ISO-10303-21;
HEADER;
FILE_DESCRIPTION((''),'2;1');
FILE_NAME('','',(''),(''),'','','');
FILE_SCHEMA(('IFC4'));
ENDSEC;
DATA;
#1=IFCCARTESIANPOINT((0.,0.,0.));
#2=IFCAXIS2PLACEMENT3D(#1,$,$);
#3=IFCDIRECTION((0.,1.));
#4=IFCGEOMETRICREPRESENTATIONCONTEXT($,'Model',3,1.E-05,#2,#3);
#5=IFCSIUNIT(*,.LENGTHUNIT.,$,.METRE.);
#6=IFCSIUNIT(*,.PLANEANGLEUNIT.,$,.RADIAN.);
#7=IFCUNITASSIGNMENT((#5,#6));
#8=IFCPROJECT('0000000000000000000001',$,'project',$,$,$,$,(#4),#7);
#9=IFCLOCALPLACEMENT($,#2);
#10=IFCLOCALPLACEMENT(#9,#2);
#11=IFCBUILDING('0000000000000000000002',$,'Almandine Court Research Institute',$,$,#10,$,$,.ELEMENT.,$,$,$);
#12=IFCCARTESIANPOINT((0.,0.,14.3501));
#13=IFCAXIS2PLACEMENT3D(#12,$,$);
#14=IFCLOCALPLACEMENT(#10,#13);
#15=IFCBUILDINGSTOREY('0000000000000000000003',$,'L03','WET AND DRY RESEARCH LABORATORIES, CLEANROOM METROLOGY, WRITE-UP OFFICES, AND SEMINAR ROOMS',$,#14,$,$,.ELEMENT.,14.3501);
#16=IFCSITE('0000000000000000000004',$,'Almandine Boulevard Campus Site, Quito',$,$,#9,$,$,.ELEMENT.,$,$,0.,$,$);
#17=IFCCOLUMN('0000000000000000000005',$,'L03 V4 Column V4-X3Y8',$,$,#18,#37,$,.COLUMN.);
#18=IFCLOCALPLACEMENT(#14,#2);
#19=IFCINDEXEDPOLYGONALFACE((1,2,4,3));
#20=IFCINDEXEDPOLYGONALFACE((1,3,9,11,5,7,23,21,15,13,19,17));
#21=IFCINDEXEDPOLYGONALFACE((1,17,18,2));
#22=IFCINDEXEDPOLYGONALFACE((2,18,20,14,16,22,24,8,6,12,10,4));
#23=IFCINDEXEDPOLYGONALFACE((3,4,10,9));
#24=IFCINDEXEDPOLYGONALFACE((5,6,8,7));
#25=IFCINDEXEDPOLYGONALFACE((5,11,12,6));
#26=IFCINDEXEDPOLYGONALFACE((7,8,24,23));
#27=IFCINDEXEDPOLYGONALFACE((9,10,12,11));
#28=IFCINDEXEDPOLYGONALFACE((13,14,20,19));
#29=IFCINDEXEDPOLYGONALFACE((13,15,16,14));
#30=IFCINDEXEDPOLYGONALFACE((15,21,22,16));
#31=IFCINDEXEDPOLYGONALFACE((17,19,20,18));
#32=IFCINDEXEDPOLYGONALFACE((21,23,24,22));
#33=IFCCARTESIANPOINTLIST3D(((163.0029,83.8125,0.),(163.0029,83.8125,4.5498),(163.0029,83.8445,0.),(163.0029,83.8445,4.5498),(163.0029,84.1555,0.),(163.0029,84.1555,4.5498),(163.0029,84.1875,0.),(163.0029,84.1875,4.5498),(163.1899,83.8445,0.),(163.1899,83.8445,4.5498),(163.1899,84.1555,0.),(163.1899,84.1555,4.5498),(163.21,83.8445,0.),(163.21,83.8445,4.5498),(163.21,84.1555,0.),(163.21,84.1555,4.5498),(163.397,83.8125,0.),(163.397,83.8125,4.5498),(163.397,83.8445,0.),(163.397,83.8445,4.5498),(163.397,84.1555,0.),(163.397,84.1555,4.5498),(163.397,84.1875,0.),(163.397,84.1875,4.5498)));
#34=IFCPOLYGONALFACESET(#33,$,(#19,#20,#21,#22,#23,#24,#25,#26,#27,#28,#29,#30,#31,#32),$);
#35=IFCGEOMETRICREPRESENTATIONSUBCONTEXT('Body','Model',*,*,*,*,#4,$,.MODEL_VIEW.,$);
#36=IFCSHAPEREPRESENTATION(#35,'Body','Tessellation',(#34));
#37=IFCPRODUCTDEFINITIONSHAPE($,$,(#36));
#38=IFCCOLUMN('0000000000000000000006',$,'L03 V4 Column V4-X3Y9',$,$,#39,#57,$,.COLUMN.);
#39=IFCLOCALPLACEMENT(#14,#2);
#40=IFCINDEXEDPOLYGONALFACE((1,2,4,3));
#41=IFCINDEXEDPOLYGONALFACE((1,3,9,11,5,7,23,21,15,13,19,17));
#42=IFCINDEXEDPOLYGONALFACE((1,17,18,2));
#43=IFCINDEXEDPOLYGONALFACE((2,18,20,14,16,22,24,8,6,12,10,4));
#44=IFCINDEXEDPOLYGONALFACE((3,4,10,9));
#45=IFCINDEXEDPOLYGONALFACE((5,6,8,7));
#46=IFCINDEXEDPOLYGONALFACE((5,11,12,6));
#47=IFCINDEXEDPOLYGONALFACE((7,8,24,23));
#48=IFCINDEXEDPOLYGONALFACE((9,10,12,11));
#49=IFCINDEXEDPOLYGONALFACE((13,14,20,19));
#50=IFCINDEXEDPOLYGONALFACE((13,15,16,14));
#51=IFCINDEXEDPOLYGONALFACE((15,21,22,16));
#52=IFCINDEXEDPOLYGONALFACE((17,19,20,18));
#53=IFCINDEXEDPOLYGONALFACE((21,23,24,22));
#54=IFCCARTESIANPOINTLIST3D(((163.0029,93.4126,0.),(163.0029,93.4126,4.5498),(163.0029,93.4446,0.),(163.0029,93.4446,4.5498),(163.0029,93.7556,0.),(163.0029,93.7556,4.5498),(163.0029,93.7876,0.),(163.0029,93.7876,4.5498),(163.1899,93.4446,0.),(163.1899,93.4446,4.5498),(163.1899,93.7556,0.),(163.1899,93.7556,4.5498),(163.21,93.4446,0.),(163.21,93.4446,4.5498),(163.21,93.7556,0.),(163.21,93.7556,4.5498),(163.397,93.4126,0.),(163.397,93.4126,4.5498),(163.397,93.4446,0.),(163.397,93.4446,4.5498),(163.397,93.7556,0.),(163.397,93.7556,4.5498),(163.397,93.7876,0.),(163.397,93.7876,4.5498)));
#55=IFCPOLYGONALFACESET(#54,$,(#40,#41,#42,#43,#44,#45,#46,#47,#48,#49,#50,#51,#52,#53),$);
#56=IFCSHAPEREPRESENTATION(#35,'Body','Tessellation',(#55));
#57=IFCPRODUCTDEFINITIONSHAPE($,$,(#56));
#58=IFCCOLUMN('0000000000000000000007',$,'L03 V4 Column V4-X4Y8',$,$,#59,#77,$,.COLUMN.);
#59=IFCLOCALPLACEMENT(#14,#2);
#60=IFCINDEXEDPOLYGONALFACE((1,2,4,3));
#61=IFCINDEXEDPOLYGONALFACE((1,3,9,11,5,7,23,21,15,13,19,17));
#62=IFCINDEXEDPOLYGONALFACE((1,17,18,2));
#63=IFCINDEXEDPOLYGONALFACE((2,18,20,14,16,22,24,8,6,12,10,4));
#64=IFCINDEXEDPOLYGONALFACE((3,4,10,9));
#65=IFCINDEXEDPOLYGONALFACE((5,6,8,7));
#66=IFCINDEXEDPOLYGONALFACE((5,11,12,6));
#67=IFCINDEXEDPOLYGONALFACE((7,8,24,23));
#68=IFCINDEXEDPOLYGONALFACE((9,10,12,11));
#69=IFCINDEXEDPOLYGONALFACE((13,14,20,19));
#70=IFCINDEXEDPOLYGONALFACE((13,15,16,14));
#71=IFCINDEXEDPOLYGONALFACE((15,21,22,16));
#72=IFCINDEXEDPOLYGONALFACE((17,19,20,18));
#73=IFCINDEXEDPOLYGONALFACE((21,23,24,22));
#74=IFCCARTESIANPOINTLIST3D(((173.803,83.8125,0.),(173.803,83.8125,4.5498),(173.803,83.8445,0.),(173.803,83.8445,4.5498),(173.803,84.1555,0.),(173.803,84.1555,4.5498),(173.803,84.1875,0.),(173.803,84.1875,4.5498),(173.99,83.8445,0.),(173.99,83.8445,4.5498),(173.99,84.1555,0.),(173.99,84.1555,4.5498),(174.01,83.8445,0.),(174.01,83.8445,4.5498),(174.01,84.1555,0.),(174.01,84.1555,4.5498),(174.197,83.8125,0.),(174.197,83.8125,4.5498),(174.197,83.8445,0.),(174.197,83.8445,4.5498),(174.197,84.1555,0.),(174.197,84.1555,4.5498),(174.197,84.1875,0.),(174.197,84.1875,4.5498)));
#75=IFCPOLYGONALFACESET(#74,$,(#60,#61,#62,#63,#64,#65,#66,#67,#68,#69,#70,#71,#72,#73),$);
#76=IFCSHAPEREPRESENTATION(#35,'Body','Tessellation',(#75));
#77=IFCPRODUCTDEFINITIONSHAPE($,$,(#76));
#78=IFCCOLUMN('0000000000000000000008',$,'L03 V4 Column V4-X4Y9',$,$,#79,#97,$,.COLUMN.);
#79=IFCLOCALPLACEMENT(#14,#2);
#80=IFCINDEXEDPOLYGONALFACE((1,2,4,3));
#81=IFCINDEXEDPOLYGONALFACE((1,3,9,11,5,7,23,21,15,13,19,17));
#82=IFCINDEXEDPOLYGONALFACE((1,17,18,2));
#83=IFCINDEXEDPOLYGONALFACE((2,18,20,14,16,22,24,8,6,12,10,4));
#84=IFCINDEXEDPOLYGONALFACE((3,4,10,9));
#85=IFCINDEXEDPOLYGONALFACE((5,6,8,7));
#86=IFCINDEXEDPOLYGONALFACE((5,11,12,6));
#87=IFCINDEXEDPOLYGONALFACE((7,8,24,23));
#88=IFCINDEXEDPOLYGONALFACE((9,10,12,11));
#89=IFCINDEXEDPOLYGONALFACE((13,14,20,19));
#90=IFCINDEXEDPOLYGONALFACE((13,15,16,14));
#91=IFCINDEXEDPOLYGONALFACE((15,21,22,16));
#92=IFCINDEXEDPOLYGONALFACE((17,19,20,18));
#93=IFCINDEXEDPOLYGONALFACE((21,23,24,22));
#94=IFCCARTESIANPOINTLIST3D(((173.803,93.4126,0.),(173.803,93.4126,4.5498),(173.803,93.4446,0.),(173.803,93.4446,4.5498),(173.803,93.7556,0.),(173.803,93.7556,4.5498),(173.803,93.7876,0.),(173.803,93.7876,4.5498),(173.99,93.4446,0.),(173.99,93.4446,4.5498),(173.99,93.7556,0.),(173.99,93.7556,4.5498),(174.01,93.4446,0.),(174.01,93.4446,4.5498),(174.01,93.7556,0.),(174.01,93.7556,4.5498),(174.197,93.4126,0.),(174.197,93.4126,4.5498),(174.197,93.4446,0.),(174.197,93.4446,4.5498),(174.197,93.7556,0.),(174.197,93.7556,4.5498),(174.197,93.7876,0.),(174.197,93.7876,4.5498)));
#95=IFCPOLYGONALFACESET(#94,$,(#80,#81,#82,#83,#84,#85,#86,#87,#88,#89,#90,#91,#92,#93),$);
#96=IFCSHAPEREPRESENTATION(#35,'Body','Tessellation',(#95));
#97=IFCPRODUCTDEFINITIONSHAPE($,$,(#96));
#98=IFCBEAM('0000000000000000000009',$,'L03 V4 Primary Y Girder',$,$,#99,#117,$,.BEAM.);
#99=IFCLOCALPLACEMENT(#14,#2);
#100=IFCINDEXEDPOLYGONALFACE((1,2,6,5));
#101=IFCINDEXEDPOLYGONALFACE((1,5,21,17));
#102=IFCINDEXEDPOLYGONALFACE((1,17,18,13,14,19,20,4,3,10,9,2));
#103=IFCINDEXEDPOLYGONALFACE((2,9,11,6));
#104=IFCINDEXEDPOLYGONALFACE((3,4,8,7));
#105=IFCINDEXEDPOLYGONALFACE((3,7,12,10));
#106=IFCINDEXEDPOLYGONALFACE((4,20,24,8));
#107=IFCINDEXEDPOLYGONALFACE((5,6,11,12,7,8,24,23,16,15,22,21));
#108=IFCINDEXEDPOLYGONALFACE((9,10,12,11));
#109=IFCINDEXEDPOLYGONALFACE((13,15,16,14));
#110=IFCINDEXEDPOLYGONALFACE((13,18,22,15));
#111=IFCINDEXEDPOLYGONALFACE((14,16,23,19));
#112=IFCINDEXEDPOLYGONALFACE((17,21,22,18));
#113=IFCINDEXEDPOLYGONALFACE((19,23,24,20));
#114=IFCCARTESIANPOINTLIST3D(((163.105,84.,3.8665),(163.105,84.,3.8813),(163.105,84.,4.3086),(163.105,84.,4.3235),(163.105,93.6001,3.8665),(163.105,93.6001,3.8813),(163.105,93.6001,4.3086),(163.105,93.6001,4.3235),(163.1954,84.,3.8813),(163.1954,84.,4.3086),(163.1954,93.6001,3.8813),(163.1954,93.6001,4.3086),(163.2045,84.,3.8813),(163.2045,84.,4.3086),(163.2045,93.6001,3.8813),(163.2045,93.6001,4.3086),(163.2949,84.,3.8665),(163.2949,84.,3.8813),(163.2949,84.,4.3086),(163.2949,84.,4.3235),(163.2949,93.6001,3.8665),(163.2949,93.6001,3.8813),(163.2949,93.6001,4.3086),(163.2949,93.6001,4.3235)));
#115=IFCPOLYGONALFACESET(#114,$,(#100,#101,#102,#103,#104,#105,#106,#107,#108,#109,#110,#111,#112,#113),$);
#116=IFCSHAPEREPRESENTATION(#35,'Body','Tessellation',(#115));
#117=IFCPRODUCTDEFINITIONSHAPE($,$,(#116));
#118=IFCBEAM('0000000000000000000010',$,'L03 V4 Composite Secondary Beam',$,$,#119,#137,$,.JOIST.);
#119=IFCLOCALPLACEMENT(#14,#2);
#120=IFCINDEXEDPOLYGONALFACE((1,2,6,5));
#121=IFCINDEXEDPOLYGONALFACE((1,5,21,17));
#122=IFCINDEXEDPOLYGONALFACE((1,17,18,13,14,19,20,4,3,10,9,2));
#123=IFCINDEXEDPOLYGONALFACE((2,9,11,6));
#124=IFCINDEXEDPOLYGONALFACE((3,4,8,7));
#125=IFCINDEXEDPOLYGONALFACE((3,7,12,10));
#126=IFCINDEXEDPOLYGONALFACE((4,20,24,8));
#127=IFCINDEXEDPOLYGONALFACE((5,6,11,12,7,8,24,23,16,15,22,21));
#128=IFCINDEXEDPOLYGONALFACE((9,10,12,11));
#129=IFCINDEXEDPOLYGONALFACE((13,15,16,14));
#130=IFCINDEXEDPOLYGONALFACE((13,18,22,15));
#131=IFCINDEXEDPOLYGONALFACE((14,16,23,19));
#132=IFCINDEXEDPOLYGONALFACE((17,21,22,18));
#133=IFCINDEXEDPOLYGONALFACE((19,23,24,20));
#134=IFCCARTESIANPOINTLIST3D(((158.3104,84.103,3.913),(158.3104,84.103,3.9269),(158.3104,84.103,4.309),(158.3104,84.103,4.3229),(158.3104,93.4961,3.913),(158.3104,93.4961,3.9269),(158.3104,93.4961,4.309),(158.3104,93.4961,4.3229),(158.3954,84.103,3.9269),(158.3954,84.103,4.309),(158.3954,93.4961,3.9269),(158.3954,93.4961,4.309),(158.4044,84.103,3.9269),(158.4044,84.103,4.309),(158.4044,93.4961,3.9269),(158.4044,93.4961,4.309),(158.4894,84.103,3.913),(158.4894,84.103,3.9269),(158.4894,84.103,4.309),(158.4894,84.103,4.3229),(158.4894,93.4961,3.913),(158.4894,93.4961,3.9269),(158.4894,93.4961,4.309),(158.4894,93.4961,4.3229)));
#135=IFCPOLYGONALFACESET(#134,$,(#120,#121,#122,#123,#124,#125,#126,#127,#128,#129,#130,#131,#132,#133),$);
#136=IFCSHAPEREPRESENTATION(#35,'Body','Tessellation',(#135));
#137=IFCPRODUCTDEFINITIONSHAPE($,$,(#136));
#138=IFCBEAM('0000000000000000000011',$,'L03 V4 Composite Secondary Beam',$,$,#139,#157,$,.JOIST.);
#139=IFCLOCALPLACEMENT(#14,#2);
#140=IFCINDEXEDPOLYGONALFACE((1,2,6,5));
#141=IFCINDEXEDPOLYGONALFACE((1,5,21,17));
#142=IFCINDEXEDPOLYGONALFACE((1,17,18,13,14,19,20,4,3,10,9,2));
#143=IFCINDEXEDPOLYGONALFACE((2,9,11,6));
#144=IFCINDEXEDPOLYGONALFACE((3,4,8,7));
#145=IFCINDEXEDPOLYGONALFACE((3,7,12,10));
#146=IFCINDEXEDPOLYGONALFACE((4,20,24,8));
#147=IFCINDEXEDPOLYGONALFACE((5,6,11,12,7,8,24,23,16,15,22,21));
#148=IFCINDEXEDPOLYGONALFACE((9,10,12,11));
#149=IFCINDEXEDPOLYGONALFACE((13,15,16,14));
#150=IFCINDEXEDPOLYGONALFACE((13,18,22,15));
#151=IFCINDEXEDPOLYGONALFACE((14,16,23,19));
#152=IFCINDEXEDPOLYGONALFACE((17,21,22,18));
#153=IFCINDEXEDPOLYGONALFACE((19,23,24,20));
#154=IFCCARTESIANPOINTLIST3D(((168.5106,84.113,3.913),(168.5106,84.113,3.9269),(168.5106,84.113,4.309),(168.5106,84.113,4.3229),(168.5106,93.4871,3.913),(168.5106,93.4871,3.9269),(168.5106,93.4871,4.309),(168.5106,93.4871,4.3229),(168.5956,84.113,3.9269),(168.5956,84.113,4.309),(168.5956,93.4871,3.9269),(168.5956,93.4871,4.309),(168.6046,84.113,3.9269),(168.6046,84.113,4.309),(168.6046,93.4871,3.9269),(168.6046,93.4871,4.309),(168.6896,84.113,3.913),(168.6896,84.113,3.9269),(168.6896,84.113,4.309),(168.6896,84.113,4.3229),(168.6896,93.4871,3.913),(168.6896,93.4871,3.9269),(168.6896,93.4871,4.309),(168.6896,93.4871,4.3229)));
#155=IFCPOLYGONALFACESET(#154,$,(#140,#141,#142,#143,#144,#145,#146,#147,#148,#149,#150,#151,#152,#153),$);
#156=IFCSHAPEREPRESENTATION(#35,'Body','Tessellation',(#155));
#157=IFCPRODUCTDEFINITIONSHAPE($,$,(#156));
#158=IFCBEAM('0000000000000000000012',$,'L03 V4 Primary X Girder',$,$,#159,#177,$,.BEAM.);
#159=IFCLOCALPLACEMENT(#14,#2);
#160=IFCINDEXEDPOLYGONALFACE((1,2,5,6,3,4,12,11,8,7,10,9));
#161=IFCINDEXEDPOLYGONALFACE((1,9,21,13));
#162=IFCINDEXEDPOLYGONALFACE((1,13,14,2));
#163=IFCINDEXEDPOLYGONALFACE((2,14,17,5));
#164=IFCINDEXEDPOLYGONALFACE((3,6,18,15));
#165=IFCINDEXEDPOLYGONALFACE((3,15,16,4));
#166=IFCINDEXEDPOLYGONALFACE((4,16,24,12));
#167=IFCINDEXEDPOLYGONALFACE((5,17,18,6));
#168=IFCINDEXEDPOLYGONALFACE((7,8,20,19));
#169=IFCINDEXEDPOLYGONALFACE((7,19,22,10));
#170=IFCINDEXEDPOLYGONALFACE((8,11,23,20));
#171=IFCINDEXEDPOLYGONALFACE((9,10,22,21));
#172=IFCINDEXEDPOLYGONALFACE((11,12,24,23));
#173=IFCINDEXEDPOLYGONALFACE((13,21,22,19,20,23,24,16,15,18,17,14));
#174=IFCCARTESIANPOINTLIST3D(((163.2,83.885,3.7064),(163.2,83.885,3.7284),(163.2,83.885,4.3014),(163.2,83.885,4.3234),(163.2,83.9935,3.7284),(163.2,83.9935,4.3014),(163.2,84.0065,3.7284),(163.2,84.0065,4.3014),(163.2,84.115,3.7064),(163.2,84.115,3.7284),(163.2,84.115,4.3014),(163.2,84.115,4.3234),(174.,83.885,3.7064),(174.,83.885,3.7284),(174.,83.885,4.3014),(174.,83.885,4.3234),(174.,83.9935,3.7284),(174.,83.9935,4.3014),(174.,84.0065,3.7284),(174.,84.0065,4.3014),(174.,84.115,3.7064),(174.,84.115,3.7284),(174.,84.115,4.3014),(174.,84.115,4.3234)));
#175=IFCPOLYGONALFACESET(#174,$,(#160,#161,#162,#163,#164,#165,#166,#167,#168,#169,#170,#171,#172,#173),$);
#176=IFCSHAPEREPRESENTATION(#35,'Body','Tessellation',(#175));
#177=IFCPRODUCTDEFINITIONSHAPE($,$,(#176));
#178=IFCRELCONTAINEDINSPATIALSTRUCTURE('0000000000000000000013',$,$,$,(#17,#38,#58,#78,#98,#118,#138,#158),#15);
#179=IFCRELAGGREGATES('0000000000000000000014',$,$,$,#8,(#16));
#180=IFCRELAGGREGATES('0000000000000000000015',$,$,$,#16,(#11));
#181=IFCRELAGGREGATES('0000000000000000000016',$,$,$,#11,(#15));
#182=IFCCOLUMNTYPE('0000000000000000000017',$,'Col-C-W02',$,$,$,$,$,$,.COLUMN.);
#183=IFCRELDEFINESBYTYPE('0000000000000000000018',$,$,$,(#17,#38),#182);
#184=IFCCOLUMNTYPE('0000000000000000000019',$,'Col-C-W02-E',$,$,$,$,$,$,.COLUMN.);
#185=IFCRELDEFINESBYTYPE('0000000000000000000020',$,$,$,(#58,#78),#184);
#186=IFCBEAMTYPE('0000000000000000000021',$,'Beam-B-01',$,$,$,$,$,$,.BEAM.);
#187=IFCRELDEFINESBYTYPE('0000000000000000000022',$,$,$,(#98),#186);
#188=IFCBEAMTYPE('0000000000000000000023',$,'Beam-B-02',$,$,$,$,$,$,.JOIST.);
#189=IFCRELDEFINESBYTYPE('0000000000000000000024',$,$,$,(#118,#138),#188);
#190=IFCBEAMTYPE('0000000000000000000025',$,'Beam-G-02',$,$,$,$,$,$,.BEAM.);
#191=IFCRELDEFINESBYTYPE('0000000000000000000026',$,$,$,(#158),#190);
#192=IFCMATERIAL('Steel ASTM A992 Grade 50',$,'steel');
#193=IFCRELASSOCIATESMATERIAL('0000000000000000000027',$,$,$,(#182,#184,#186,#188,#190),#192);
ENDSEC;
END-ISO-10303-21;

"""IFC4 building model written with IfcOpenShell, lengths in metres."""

from ifc_helpers import new_model, si_unit, direction, frame, origin, origin_2d, place, context, subcontext, project, spatial, i_section, extrude, material, material_profile, profile_set, type_object, element, save


model = new_model("IFC4")

# Units and contexts
model_context = context("Model", 3, precision=1e-05, world=origin(), true_north=direction((0.0, 1.0)))
body_context = subcontext(model_context, "Body", "Model", "MODEL_VIEW")
ifc_project = project(units=[si_unit("LENGTHUNIT", "METRE"), si_unit("PLANEANGLEUNIT", "RADIAN")], contexts=[model_context])

# Site, building, storey
site_placement = place(None, origin())
site = spatial("IfcSite", under=ifc_project, at=site_placement, Name="Almandine Boulevard Campus Site, Quito", CompositionType="ELEMENT", RefElevation=0.0)
building_placement = place(site_placement, origin())
building = spatial("IfcBuilding", under=site, at=building_placement, Name="Almandine Court Research Institute", CompositionType="ELEMENT")
storey_placement = place(building_placement, frame((0.0, 0.0, 14.3501)))
storey = spatial("IfcBuildingStorey", under=building, at=storey_placement, Name="L03", Description="WET AND DRY RESEARCH LABORATORIES, CLEANROOM METROLOGY, WRITE-UP OFFICES, AND SEMINAR ROOMS", CompositionType="ELEMENT", Elevation=14.3501)

# Columns
ifc_material_1 = material(Name="Steel ASTM A992 Grade 50", Category="steel")
ifc_material_profile_1 = material_profile(ifc_material_1, i_section(OverallWidth=0.394, OverallDepth=0.375, WebThickness=0.02, FlangeThickness=0.032, at=origin_2d()), Name="W360x216")
ifc_profile_set_1 = profile_set([ifc_material_profile_1], Name="Steel ASTM A992 Grade 50")
column_type_1 = type_object("IfcColumnType", Name="Col-C-W02", PredefinedType="COLUMN", material=ifc_profile_set_1)
for number, where, z_axis, x_axis, name in (
    (1, (163.2, 84.0, 0.0), (0.0, 0.0, 1.0), (1.0, 0.0, 0.0), "L03 V4 Column V4-X3Y8"),
    (2, (163.2, 93.6001, 0.0), (0.0, 0.0, 1.0), (1.0, 0.0, 0.0), "L03 V4 Column V4-X3Y9"),
):
    element("IfcColumn", number, at=place(storey_placement, frame(where, z_axis=z_axis, x_axis=x_axis)), inside=storey, type_object=column_type_1, Name=name, PredefinedType="COLUMN", context=body_context, shape_type="SweptSolid", body=[
        extrude(i_section(OverallWidth=0.394, OverallDepth=0.375, WebThickness=0.02, FlangeThickness=0.032, at=origin_2d()), origin(), (0.0, 0.0, 1.0), 4.5498),
    ])
ifc_material_profile_2 = material_profile(ifc_material_1, i_section(OverallWidth=0.394, OverallDepth=0.375, WebThickness=0.02, FlangeThickness=0.032, at=origin_2d()), Name="W360x216")
ifc_profile_set_2 = profile_set([ifc_material_profile_2], Name="Steel ASTM A992 Grade 50")
column_type_2 = type_object("IfcColumnType", Name="Col-C-W02-E", PredefinedType="COLUMN", material=ifc_profile_set_2)
for number, where, z_axis, x_axis, name in (
    (3, (174.0, 84.0, 0.0), (0.0, 0.0, 1.0), (1.0, 0.0, 0.0), "L03 V4 Column V4-X4Y8"),
    (4, (174.0, 93.6001, 0.0), (0.0, 0.0, 1.0), (1.0, 0.0, 0.0), "L03 V4 Column V4-X4Y9"),
):
    element("IfcColumn", number, at=place(storey_placement, frame(where, z_axis=z_axis, x_axis=x_axis)), inside=storey, type_object=column_type_2, Name=name, PredefinedType="COLUMN", context=body_context, shape_type="SweptSolid", body=[
        extrude(i_section(OverallWidth=0.394, OverallDepth=0.375, WebThickness=0.02, FlangeThickness=0.032, at=origin_2d()), origin(), (0.0, 0.0, 1.0), 4.5498),
    ])

# Beams
ifc_material_profile_3 = material_profile(ifc_material_1, i_section(OverallWidth=0.1899, OverallDepth=0.457, WebThickness=0.009, FlangeThickness=0.0149, at=origin_2d()), Name="W460x74")
ifc_profile_set_3 = profile_set([ifc_material_profile_3], Name="Steel ASTM A992 Grade 50")
beam_type_1 = type_object("IfcBeamType", Name="Beam-B-01", PredefinedType="BEAM", material=ifc_profile_set_3)
beam_1_placement = place(storey_placement, frame((163.2, 84.0, 4.095), z_axis=(0.0, 1.0, 0.0), x_axis=(-1.0, 0.0, 0.0)))
element("IfcBeam", 5, at=beam_1_placement, inside=storey, type_object=beam_type_1, Name="L03 V4 Primary Y Girder", PredefinedType="BEAM", context=body_context, shape_type="SweptSolid", body=[
    extrude(i_section(OverallWidth=0.1899, OverallDepth=0.457, WebThickness=0.009, FlangeThickness=0.0149, at=origin_2d()), origin(), (0.0, 0.0, 1.0), 9.6001),
])
ifc_material_profile_4 = material_profile(ifc_material_1, i_section(OverallWidth=0.179, OverallDepth=0.4099, WebThickness=0.009, FlangeThickness=0.0139, at=origin_2d()), Name="W410x67")
ifc_profile_set_4 = profile_set([ifc_material_profile_4], Name="Steel ASTM A992 Grade 50")
beam_type_2 = type_object("IfcBeamType", Name="Beam-B-02", PredefinedType="JOIST", material=ifc_profile_set_4)
beam_2_placement = place(storey_placement, frame((158.3999, 84.103, 4.1179), z_axis=(0.0, 1.0, 0.0), x_axis=(-1.0, 0.0, 0.0)))
element("IfcBeam", 6, at=beam_2_placement, inside=storey, type_object=beam_type_2, Name="L03 V4 Composite Secondary Beam", PredefinedType="JOIST", context=body_context, shape_type="SweptSolid", body=[
    extrude(i_section(OverallWidth=0.179, OverallDepth=0.4099, WebThickness=0.009, FlangeThickness=0.0139, at=origin_2d()), origin(), (0.0, 0.0, 1.0), 9.3931),
])
beam_3_placement = place(storey_placement, frame((168.6001, 84.113, 4.1179), z_axis=(0.0, 1.0, 0.0), x_axis=(-1.0, 0.0, 0.0)))
element("IfcBeam", 7, at=beam_3_placement, inside=storey, type_object=beam_type_2, Name="L03 V4 Composite Secondary Beam", PredefinedType="JOIST", context=body_context, shape_type="SweptSolid", body=[
    extrude(i_section(OverallWidth=0.179, OverallDepth=0.4099, WebThickness=0.009, FlangeThickness=0.0139, at=origin_2d()), origin(), (0.0, 0.0, 1.0), 9.374),
])
ifc_material_profile_5 = material_profile(ifc_material_1, i_section(OverallWidth=0.23, OverallDepth=0.6169, WebThickness=0.0129, FlangeThickness=0.022, at=origin_2d()), Name="W610x140")
ifc_profile_set_5 = profile_set([ifc_material_profile_5], Name="Steel ASTM A992 Grade 50")
beam_type_3 = type_object("IfcBeamType", Name="Beam-G-02", PredefinedType="BEAM", material=ifc_profile_set_5)
for number, where, z_axis, x_axis, name in (
    (8, (163.2, 84.0, 4.0149), (1.0, 0.0, 0.0), (0.0, 1.0, 0.0), "L03 V4 Primary X Girder"),
):
    element("IfcBeam", number, at=place(storey_placement, frame(where, z_axis=z_axis, x_axis=x_axis)), inside=storey, type_object=beam_type_3, Name=name, PredefinedType="BEAM", context=body_context, shape_type="SweptSolid", body=[
        extrude(i_section(OverallWidth=0.23, OverallDepth=0.6169, WebThickness=0.0129, FlangeThickness=0.022, at=origin_2d()), origin(), (0.0, 0.0, 1.0), 10.8),
    ])

save(model, "model.ifc")
